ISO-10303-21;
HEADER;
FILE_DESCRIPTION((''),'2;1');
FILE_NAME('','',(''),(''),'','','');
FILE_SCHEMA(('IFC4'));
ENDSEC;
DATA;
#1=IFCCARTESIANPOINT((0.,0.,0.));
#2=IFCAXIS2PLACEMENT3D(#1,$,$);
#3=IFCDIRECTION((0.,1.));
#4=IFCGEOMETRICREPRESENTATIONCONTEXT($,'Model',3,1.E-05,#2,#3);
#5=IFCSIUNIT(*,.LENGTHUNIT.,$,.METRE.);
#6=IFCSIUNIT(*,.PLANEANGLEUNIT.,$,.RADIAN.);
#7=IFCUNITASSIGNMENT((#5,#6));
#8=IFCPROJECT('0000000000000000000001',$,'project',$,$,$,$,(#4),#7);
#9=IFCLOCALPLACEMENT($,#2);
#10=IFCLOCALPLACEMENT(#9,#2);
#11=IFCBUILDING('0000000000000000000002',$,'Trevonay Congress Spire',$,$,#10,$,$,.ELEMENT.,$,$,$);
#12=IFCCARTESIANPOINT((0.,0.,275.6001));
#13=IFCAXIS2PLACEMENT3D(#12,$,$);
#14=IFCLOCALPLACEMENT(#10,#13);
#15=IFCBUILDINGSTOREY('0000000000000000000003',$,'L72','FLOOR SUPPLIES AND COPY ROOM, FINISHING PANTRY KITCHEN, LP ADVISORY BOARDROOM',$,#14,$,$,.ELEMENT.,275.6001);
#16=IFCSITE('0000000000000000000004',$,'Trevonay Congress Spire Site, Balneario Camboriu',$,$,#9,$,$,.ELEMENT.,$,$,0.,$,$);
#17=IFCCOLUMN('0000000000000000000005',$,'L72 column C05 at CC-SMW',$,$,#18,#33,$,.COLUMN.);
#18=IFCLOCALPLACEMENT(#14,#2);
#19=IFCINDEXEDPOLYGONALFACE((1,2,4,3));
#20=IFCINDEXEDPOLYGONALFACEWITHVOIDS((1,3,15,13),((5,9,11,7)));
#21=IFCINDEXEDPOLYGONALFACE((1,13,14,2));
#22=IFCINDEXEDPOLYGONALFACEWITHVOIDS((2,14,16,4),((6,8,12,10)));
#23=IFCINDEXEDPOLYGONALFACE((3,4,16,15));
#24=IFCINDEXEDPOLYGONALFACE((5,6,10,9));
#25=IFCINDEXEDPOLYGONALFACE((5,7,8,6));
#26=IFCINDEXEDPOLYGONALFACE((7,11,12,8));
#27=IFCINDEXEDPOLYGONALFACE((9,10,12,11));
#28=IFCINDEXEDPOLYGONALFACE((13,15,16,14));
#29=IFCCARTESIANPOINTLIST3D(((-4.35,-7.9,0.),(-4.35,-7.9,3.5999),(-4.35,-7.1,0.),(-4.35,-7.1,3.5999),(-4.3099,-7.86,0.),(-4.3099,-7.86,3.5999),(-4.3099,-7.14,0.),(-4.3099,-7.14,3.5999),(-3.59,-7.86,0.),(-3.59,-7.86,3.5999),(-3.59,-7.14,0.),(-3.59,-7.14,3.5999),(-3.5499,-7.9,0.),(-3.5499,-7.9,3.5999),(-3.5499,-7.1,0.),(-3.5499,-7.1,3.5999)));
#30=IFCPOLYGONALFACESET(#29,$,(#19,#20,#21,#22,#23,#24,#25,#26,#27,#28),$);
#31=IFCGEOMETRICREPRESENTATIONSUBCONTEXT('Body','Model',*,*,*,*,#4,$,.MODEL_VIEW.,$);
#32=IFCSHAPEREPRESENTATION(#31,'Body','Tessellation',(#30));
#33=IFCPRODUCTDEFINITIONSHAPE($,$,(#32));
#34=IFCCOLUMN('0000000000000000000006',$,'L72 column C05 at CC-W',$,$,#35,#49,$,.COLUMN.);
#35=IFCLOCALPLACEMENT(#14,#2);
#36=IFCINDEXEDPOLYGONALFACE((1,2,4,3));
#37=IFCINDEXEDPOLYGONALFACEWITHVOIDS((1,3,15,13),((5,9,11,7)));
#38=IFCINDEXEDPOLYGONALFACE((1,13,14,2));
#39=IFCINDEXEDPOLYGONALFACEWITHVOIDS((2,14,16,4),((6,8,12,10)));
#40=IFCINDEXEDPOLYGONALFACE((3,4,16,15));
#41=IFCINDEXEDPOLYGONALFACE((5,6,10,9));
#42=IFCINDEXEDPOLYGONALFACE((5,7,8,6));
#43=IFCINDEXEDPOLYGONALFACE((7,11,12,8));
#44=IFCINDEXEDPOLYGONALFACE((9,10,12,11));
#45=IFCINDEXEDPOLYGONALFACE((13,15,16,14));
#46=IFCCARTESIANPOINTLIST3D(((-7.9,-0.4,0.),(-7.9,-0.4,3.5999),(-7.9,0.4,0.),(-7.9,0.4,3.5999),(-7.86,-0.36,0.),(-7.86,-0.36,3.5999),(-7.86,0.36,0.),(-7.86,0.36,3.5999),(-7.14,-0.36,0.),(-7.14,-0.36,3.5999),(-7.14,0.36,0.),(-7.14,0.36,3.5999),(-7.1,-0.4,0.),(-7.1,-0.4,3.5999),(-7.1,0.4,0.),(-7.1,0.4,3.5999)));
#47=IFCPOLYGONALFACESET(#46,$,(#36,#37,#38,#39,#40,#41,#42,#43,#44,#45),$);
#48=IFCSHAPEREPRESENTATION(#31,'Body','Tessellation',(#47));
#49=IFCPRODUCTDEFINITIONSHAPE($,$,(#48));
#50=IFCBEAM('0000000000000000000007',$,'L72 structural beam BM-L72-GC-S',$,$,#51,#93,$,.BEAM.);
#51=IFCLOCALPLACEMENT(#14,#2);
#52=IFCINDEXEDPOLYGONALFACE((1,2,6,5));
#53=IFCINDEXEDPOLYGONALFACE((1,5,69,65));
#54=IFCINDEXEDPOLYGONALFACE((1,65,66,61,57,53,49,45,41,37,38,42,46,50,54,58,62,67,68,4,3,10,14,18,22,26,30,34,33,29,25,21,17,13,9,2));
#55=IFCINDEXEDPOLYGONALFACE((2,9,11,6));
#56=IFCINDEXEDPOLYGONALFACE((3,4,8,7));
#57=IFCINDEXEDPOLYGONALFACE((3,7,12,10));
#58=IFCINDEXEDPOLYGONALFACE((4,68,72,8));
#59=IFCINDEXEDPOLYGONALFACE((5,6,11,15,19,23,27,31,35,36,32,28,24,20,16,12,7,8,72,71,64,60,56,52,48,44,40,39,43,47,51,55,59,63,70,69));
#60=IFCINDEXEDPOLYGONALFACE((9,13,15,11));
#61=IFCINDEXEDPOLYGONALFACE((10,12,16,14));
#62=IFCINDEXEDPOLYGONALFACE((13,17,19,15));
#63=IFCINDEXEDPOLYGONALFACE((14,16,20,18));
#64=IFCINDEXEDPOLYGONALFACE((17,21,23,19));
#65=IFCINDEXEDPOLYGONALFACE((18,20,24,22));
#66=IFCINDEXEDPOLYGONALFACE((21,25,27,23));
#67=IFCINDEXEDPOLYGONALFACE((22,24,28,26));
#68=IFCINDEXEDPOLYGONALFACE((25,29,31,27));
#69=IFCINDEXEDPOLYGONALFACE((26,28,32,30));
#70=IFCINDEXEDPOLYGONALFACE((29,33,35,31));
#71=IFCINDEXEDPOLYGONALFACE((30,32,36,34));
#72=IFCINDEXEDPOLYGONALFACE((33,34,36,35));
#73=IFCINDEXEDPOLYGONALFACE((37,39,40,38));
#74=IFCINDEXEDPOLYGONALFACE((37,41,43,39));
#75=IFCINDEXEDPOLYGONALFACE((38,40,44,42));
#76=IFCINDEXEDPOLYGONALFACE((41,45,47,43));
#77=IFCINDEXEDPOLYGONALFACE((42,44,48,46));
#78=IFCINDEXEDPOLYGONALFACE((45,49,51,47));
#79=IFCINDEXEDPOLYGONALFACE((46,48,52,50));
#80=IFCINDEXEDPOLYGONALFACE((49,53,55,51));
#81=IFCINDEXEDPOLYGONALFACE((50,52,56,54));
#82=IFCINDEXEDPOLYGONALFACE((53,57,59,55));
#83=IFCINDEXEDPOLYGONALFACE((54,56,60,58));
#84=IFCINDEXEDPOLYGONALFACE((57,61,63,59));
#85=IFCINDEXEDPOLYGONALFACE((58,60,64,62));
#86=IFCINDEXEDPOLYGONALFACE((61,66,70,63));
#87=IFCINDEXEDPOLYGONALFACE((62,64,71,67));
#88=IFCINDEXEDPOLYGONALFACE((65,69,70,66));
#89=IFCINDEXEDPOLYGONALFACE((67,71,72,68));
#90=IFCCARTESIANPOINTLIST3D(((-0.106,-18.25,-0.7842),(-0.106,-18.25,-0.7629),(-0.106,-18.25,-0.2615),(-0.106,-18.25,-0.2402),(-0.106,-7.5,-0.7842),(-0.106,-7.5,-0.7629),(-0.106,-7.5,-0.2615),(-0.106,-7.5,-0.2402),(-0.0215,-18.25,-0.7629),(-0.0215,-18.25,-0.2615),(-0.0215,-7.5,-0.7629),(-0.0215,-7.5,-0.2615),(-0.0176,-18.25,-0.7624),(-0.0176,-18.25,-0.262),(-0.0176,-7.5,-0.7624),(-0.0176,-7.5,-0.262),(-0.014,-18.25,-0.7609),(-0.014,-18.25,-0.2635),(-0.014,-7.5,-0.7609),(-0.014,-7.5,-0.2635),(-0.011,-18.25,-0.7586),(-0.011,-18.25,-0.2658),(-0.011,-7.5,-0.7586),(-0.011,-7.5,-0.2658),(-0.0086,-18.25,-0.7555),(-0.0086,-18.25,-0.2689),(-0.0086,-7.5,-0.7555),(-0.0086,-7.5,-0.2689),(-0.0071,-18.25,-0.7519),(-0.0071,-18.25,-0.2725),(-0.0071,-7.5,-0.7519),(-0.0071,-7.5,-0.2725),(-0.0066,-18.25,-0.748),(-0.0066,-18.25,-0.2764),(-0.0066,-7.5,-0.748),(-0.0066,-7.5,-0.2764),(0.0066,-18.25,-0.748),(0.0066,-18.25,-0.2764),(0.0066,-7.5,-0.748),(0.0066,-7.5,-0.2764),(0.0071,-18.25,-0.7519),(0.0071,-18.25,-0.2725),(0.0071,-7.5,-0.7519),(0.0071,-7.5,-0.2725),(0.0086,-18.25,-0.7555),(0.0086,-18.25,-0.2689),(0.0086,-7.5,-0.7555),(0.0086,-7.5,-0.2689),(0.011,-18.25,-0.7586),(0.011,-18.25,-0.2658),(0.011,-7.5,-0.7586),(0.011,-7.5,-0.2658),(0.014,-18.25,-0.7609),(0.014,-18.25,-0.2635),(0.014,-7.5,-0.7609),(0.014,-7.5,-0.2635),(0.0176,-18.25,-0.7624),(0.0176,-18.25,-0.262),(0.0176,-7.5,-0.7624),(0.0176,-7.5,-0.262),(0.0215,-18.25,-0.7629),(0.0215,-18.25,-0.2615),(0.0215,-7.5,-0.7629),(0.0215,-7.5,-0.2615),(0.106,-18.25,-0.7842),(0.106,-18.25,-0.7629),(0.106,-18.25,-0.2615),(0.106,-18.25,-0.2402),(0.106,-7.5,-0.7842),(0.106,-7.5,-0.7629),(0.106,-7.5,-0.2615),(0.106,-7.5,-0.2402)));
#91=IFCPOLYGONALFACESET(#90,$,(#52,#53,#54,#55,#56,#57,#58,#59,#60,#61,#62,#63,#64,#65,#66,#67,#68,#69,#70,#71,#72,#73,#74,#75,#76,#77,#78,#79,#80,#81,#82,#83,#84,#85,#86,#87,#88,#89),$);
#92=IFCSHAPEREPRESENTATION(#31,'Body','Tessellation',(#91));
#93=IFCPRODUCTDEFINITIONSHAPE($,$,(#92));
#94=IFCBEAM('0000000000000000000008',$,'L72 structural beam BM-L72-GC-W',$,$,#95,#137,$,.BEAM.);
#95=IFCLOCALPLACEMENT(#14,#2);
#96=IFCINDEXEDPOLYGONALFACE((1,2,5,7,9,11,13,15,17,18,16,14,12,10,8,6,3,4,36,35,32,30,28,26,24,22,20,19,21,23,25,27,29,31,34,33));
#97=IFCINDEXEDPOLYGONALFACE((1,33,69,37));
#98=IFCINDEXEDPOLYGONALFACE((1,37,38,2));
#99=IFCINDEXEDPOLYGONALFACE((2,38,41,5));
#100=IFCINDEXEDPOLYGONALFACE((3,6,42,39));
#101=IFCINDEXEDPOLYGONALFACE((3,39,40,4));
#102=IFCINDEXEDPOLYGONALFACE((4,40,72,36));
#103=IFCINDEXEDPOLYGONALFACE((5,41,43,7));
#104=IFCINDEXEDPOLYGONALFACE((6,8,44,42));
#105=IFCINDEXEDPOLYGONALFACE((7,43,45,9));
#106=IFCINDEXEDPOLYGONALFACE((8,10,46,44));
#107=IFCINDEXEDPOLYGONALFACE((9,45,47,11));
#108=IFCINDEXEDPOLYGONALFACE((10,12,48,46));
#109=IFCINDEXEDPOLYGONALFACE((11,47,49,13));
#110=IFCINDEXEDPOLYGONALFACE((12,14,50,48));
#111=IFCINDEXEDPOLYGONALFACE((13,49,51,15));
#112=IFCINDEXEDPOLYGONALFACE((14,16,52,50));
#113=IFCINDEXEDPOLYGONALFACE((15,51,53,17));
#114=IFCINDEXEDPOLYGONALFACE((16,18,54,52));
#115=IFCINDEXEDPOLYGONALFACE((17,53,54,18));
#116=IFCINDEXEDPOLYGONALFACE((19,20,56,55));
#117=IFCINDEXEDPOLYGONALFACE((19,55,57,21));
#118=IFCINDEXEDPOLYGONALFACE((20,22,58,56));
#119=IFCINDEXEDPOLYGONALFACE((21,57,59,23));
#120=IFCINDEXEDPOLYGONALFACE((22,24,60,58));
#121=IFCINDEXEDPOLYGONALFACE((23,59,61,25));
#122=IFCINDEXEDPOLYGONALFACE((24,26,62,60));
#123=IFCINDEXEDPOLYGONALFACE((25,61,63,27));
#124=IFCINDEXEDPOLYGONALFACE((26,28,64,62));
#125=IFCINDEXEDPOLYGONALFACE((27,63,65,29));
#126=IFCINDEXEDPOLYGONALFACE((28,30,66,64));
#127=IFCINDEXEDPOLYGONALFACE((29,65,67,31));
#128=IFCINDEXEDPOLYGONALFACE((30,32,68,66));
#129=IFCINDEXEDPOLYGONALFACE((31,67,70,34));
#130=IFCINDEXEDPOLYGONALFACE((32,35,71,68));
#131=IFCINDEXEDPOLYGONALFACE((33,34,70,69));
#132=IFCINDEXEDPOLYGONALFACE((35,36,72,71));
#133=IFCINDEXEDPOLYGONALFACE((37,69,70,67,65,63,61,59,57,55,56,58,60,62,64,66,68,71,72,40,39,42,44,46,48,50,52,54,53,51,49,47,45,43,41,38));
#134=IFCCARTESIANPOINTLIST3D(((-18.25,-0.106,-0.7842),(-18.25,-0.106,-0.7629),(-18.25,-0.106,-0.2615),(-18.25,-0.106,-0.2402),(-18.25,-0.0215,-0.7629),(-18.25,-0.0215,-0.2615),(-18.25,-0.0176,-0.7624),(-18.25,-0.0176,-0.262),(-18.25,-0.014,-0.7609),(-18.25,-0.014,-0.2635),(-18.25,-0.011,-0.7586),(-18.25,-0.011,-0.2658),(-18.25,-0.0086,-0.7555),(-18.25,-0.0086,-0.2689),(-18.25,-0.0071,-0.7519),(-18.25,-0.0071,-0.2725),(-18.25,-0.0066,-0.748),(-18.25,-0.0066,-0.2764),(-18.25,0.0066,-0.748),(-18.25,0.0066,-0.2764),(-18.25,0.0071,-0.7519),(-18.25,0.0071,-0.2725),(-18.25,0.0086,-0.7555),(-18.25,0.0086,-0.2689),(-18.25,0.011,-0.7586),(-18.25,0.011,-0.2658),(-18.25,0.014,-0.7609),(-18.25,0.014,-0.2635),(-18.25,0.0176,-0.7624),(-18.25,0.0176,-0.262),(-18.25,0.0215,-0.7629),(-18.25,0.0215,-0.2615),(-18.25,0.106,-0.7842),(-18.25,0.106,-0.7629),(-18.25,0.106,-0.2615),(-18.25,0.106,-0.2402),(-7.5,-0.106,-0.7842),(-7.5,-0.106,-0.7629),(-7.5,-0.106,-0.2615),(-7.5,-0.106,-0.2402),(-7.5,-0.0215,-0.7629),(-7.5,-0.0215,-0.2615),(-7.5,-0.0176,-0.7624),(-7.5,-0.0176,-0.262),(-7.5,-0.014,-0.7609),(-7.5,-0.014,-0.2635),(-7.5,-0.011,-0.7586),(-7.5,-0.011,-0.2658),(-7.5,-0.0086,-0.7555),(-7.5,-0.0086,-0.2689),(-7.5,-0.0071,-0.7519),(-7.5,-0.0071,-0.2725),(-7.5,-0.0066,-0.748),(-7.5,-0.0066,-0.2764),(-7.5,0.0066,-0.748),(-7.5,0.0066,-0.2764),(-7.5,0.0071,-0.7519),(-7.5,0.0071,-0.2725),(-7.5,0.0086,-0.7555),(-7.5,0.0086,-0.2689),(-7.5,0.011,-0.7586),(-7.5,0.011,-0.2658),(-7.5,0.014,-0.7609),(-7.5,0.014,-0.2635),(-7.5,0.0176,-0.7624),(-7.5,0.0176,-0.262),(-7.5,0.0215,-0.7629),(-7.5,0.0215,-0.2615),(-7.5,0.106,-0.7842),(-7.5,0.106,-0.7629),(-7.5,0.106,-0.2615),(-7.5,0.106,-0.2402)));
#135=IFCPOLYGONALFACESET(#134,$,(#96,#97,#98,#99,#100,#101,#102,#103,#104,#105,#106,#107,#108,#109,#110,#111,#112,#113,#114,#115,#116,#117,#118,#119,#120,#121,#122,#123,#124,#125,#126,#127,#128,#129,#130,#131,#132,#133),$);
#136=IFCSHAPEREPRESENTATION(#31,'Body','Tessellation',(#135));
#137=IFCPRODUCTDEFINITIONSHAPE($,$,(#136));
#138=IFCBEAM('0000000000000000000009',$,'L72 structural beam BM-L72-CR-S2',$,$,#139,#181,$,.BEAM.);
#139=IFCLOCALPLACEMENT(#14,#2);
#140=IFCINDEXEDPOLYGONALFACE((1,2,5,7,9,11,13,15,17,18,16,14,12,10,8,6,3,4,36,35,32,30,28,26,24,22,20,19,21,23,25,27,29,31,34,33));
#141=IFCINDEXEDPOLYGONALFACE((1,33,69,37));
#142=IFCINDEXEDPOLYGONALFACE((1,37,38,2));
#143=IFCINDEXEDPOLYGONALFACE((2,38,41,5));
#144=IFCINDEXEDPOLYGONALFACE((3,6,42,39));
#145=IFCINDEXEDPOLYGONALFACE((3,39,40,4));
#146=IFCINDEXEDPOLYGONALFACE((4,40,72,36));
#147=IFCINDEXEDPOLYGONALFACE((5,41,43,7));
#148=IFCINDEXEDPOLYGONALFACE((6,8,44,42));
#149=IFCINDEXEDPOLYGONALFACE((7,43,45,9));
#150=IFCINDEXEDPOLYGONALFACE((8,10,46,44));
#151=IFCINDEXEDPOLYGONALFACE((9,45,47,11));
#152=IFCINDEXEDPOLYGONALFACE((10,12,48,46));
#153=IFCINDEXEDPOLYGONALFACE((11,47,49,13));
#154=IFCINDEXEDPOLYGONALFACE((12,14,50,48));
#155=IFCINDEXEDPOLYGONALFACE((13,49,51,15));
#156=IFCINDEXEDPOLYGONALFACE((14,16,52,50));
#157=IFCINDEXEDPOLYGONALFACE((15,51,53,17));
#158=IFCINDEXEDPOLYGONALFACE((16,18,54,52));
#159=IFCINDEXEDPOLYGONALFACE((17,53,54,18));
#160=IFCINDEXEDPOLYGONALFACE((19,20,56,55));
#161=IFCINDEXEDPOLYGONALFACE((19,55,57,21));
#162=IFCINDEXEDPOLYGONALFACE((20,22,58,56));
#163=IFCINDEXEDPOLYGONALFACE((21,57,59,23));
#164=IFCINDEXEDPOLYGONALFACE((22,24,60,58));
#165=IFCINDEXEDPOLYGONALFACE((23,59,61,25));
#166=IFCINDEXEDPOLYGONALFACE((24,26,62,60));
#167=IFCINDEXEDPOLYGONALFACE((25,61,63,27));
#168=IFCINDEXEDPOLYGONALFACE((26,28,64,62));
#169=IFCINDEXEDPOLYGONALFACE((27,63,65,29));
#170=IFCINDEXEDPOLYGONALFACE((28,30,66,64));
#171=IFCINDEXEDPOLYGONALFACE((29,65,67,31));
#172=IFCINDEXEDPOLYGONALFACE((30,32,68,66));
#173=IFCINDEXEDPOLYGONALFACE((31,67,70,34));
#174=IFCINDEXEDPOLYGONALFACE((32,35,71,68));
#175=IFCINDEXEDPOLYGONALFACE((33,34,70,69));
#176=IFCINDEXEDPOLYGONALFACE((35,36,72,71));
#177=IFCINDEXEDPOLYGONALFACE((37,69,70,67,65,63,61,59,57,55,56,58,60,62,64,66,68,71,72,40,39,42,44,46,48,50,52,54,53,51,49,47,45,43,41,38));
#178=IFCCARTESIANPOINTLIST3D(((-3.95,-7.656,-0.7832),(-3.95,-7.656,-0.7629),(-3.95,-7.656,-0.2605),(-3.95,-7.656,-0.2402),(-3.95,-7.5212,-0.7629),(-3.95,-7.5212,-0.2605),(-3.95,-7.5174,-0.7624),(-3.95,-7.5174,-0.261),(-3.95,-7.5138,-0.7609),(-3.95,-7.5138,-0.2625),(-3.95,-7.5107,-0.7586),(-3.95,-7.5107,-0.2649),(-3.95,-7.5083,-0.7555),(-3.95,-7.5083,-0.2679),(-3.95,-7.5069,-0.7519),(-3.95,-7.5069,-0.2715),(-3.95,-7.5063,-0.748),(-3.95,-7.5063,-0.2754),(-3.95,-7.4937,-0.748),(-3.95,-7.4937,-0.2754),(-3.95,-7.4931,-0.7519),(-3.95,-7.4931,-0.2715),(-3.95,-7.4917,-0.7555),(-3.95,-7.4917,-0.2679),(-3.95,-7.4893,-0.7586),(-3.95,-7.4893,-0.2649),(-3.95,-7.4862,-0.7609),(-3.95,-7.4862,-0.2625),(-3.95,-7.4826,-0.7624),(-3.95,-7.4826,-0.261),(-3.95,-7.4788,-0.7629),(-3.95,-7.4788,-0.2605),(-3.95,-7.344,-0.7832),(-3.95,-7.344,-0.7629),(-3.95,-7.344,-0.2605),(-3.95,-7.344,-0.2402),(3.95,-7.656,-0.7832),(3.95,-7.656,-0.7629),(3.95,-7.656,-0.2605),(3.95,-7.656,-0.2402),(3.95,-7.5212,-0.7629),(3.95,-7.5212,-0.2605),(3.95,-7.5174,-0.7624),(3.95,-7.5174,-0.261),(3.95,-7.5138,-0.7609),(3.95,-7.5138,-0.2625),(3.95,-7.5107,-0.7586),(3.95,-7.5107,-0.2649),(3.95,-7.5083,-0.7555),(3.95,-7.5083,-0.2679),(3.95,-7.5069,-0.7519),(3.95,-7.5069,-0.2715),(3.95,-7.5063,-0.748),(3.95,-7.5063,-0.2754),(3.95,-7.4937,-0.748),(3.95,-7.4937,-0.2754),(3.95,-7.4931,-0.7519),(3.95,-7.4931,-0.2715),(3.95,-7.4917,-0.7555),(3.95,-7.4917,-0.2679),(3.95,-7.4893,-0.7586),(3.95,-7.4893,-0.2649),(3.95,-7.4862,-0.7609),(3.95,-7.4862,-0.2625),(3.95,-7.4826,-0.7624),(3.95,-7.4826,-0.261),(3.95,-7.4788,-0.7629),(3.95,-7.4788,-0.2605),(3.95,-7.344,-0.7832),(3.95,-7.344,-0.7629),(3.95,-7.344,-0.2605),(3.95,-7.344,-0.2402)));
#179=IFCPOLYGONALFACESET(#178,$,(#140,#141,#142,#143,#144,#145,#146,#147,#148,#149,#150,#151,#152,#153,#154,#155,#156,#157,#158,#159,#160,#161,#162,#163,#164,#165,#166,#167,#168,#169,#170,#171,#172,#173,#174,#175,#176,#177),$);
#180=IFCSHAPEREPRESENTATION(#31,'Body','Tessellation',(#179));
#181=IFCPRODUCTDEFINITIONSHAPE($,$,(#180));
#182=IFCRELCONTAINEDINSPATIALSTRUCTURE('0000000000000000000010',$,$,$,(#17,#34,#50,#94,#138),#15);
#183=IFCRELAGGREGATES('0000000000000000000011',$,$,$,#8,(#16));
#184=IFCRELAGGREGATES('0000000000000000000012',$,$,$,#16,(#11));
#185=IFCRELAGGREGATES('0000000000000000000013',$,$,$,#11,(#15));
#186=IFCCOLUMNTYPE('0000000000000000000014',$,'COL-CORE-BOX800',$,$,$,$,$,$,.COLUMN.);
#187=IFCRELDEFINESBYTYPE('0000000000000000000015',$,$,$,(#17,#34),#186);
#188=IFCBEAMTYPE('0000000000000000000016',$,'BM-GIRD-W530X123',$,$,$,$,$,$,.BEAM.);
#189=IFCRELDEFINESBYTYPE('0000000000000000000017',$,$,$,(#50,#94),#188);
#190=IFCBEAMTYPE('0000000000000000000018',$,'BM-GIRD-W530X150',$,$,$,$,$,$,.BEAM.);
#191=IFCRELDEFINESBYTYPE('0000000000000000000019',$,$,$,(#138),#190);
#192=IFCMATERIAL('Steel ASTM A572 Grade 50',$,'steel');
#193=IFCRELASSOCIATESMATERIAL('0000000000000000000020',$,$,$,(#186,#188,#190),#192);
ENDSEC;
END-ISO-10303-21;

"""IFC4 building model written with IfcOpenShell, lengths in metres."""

from ifc_helpers import new_model, si_unit, direction, frame, origin, origin_2d, place, context, subcontext, project, spatial, hollow_rectangle, i_section, extrude, material, material_profile, profile_set, type_object, element, save


model = new_model("IFC4")

# Units and contexts
model_context = context("Model", 3, precision=1e-05, world=origin(), true_north=direction((0.0, 1.0)))
body_context = subcontext(model_context, "Body", "Model", "MODEL_VIEW")
ifc_project = project(units=[si_unit("LENGTHUNIT", "METRE"), si_unit("PLANEANGLEUNIT", "RADIAN")], contexts=[model_context])

# Site, building, storey
site_placement = place(None, origin())
site = spatial("IfcSite", under=ifc_project, at=site_placement, Name="Trevonay Congress Spire Site, Balneario Camboriu", CompositionType="ELEMENT", RefElevation=0.0)
building_placement = place(site_placement, origin())
building = spatial("IfcBuilding", under=site, at=building_placement, Name="Trevonay Congress Spire", CompositionType="ELEMENT")
storey_placement = place(building_placement, frame((0.0, 0.0, 275.6001)))
storey = spatial("IfcBuildingStorey", under=building, at=storey_placement, Name="L72", Description="FLOOR SUPPLIES AND COPY ROOM, FINISHING PANTRY KITCHEN, LP ADVISORY BOARDROOM", CompositionType="ELEMENT", Elevation=275.6001)

# Columns
ifc_material_1 = material(Name="Steel ASTM A572 Grade 50", Category="steel")
ifc_material_profile_1 = material_profile(ifc_material_1, hollow_rectangle(XDim=0.8, YDim=0.8, WallThickness=0.04, at=origin_2d()), Name="BOX 800x800x40")
ifc_profile_set_1 = profile_set([ifc_material_profile_1], Name="Steel ASTM A572 Grade 50")
column_type = type_object("IfcColumnType", Name="COL-CORE-BOX800", PredefinedType="COLUMN", material=ifc_profile_set_1)
for number, where, z_axis, x_axis, name in (
    (1, (-3.95, -7.5, 0.0), (0.0, 0.0, 1.0), (1.0, 0.0, 0.0), "L72 column C05 at CC-SMW"),
    (2, (-7.5, 0.0, 0.0), (0.0, 0.0, 1.0), (1.0, 0.0, 0.0), "L72 column C05 at CC-W"),
):
    element("IfcColumn", number, at=place(storey_placement, frame(where, z_axis=z_axis, x_axis=x_axis)), inside=storey, type_object=column_type, Name=name, PredefinedType="COLUMN", context=body_context, shape_type="SweptSolid", body=[
        extrude(hollow_rectangle(XDim=0.8, YDim=0.8, WallThickness=0.04, at=origin_2d()), origin(), (0.0, 0.0, 1.0), 3.5999),
    ])

# Beams
ifc_material_profile_2 = material_profile(ifc_material_1, i_section(OverallWidth=0.2119, OverallDepth=0.5439, WebThickness=0.0132, FlangeThickness=0.0212, FilletRadius=0.0149, at=origin_2d()), Name="W530x123")
ifc_profile_set_2 = profile_set([ifc_material_profile_2], Name="Steel ASTM A572 Grade 50")
beam_type_1 = type_object("IfcBeamType", Name="BM-GIRD-W530X123", PredefinedType="BEAM", material=ifc_profile_set_2)
for number, where, z_axis, x_axis, name in (
    (3, (0.0, -7.5, -0.5122), (0.0, -1.0, 0.0), (1.0, 0.0, 0.0), "L72 structural beam BM-L72-GC-S"),
    (4, (-7.5, 0.0, -0.5122), (-1.0, 0.0, 0.0), (0.0, -1.0, 0.0), "L72 structural beam BM-L72-GC-W"),
):
    element("IfcBeam", number, at=place(storey_placement, frame(where, z_axis=z_axis, x_axis=x_axis)), inside=storey, type_object=beam_type_1, Name=name, PredefinedType="BEAM", context=body_context, shape_type="SweptSolid", body=[
        extrude(i_section(OverallWidth=0.2119, OverallDepth=0.5439, WebThickness=0.0132, FlangeThickness=0.0212, FilletRadius=0.0149, at=origin_2d()), origin(), (0.0, 0.0, 1.0), 10.75),
    ])
ifc_material_profile_3 = material_profile(ifc_material_1, i_section(OverallWidth=0.312, OverallDepth=0.543, WebThickness=0.0127, FlangeThickness=0.0203, FilletRadius=0.0149, at=origin_2d()), Name="W530x150")
ifc_profile_set_3 = profile_set([ifc_material_profile_3], Name="Steel ASTM A572 Grade 50")
beam_type_2 = type_object("IfcBeamType", Name="BM-GIRD-W530X150", PredefinedType="BEAM", material=ifc_profile_set_3)
beam_1_placement = place(storey_placement, frame((-3.95, -7.5, -0.5117), z_axis=(1.0, 0.0, 0.0), x_axis=(0.0, 1.0, 0.0)))
element("IfcBeam", 5, at=beam_1_placement, inside=storey, type_object=beam_type_2, Name="L72 structural beam BM-L72-CR-S2", PredefinedType="BEAM", context=body_context, shape_type="SweptSolid", body=[
    extrude(i_section(OverallWidth=0.312, OverallDepth=0.543, WebThickness=0.0127, FlangeThickness=0.0203, FilletRadius=0.0149, at=origin_2d()), origin(), (0.0, 0.0, 1.0), 7.8999),
])

save(model, "model.ifc")
